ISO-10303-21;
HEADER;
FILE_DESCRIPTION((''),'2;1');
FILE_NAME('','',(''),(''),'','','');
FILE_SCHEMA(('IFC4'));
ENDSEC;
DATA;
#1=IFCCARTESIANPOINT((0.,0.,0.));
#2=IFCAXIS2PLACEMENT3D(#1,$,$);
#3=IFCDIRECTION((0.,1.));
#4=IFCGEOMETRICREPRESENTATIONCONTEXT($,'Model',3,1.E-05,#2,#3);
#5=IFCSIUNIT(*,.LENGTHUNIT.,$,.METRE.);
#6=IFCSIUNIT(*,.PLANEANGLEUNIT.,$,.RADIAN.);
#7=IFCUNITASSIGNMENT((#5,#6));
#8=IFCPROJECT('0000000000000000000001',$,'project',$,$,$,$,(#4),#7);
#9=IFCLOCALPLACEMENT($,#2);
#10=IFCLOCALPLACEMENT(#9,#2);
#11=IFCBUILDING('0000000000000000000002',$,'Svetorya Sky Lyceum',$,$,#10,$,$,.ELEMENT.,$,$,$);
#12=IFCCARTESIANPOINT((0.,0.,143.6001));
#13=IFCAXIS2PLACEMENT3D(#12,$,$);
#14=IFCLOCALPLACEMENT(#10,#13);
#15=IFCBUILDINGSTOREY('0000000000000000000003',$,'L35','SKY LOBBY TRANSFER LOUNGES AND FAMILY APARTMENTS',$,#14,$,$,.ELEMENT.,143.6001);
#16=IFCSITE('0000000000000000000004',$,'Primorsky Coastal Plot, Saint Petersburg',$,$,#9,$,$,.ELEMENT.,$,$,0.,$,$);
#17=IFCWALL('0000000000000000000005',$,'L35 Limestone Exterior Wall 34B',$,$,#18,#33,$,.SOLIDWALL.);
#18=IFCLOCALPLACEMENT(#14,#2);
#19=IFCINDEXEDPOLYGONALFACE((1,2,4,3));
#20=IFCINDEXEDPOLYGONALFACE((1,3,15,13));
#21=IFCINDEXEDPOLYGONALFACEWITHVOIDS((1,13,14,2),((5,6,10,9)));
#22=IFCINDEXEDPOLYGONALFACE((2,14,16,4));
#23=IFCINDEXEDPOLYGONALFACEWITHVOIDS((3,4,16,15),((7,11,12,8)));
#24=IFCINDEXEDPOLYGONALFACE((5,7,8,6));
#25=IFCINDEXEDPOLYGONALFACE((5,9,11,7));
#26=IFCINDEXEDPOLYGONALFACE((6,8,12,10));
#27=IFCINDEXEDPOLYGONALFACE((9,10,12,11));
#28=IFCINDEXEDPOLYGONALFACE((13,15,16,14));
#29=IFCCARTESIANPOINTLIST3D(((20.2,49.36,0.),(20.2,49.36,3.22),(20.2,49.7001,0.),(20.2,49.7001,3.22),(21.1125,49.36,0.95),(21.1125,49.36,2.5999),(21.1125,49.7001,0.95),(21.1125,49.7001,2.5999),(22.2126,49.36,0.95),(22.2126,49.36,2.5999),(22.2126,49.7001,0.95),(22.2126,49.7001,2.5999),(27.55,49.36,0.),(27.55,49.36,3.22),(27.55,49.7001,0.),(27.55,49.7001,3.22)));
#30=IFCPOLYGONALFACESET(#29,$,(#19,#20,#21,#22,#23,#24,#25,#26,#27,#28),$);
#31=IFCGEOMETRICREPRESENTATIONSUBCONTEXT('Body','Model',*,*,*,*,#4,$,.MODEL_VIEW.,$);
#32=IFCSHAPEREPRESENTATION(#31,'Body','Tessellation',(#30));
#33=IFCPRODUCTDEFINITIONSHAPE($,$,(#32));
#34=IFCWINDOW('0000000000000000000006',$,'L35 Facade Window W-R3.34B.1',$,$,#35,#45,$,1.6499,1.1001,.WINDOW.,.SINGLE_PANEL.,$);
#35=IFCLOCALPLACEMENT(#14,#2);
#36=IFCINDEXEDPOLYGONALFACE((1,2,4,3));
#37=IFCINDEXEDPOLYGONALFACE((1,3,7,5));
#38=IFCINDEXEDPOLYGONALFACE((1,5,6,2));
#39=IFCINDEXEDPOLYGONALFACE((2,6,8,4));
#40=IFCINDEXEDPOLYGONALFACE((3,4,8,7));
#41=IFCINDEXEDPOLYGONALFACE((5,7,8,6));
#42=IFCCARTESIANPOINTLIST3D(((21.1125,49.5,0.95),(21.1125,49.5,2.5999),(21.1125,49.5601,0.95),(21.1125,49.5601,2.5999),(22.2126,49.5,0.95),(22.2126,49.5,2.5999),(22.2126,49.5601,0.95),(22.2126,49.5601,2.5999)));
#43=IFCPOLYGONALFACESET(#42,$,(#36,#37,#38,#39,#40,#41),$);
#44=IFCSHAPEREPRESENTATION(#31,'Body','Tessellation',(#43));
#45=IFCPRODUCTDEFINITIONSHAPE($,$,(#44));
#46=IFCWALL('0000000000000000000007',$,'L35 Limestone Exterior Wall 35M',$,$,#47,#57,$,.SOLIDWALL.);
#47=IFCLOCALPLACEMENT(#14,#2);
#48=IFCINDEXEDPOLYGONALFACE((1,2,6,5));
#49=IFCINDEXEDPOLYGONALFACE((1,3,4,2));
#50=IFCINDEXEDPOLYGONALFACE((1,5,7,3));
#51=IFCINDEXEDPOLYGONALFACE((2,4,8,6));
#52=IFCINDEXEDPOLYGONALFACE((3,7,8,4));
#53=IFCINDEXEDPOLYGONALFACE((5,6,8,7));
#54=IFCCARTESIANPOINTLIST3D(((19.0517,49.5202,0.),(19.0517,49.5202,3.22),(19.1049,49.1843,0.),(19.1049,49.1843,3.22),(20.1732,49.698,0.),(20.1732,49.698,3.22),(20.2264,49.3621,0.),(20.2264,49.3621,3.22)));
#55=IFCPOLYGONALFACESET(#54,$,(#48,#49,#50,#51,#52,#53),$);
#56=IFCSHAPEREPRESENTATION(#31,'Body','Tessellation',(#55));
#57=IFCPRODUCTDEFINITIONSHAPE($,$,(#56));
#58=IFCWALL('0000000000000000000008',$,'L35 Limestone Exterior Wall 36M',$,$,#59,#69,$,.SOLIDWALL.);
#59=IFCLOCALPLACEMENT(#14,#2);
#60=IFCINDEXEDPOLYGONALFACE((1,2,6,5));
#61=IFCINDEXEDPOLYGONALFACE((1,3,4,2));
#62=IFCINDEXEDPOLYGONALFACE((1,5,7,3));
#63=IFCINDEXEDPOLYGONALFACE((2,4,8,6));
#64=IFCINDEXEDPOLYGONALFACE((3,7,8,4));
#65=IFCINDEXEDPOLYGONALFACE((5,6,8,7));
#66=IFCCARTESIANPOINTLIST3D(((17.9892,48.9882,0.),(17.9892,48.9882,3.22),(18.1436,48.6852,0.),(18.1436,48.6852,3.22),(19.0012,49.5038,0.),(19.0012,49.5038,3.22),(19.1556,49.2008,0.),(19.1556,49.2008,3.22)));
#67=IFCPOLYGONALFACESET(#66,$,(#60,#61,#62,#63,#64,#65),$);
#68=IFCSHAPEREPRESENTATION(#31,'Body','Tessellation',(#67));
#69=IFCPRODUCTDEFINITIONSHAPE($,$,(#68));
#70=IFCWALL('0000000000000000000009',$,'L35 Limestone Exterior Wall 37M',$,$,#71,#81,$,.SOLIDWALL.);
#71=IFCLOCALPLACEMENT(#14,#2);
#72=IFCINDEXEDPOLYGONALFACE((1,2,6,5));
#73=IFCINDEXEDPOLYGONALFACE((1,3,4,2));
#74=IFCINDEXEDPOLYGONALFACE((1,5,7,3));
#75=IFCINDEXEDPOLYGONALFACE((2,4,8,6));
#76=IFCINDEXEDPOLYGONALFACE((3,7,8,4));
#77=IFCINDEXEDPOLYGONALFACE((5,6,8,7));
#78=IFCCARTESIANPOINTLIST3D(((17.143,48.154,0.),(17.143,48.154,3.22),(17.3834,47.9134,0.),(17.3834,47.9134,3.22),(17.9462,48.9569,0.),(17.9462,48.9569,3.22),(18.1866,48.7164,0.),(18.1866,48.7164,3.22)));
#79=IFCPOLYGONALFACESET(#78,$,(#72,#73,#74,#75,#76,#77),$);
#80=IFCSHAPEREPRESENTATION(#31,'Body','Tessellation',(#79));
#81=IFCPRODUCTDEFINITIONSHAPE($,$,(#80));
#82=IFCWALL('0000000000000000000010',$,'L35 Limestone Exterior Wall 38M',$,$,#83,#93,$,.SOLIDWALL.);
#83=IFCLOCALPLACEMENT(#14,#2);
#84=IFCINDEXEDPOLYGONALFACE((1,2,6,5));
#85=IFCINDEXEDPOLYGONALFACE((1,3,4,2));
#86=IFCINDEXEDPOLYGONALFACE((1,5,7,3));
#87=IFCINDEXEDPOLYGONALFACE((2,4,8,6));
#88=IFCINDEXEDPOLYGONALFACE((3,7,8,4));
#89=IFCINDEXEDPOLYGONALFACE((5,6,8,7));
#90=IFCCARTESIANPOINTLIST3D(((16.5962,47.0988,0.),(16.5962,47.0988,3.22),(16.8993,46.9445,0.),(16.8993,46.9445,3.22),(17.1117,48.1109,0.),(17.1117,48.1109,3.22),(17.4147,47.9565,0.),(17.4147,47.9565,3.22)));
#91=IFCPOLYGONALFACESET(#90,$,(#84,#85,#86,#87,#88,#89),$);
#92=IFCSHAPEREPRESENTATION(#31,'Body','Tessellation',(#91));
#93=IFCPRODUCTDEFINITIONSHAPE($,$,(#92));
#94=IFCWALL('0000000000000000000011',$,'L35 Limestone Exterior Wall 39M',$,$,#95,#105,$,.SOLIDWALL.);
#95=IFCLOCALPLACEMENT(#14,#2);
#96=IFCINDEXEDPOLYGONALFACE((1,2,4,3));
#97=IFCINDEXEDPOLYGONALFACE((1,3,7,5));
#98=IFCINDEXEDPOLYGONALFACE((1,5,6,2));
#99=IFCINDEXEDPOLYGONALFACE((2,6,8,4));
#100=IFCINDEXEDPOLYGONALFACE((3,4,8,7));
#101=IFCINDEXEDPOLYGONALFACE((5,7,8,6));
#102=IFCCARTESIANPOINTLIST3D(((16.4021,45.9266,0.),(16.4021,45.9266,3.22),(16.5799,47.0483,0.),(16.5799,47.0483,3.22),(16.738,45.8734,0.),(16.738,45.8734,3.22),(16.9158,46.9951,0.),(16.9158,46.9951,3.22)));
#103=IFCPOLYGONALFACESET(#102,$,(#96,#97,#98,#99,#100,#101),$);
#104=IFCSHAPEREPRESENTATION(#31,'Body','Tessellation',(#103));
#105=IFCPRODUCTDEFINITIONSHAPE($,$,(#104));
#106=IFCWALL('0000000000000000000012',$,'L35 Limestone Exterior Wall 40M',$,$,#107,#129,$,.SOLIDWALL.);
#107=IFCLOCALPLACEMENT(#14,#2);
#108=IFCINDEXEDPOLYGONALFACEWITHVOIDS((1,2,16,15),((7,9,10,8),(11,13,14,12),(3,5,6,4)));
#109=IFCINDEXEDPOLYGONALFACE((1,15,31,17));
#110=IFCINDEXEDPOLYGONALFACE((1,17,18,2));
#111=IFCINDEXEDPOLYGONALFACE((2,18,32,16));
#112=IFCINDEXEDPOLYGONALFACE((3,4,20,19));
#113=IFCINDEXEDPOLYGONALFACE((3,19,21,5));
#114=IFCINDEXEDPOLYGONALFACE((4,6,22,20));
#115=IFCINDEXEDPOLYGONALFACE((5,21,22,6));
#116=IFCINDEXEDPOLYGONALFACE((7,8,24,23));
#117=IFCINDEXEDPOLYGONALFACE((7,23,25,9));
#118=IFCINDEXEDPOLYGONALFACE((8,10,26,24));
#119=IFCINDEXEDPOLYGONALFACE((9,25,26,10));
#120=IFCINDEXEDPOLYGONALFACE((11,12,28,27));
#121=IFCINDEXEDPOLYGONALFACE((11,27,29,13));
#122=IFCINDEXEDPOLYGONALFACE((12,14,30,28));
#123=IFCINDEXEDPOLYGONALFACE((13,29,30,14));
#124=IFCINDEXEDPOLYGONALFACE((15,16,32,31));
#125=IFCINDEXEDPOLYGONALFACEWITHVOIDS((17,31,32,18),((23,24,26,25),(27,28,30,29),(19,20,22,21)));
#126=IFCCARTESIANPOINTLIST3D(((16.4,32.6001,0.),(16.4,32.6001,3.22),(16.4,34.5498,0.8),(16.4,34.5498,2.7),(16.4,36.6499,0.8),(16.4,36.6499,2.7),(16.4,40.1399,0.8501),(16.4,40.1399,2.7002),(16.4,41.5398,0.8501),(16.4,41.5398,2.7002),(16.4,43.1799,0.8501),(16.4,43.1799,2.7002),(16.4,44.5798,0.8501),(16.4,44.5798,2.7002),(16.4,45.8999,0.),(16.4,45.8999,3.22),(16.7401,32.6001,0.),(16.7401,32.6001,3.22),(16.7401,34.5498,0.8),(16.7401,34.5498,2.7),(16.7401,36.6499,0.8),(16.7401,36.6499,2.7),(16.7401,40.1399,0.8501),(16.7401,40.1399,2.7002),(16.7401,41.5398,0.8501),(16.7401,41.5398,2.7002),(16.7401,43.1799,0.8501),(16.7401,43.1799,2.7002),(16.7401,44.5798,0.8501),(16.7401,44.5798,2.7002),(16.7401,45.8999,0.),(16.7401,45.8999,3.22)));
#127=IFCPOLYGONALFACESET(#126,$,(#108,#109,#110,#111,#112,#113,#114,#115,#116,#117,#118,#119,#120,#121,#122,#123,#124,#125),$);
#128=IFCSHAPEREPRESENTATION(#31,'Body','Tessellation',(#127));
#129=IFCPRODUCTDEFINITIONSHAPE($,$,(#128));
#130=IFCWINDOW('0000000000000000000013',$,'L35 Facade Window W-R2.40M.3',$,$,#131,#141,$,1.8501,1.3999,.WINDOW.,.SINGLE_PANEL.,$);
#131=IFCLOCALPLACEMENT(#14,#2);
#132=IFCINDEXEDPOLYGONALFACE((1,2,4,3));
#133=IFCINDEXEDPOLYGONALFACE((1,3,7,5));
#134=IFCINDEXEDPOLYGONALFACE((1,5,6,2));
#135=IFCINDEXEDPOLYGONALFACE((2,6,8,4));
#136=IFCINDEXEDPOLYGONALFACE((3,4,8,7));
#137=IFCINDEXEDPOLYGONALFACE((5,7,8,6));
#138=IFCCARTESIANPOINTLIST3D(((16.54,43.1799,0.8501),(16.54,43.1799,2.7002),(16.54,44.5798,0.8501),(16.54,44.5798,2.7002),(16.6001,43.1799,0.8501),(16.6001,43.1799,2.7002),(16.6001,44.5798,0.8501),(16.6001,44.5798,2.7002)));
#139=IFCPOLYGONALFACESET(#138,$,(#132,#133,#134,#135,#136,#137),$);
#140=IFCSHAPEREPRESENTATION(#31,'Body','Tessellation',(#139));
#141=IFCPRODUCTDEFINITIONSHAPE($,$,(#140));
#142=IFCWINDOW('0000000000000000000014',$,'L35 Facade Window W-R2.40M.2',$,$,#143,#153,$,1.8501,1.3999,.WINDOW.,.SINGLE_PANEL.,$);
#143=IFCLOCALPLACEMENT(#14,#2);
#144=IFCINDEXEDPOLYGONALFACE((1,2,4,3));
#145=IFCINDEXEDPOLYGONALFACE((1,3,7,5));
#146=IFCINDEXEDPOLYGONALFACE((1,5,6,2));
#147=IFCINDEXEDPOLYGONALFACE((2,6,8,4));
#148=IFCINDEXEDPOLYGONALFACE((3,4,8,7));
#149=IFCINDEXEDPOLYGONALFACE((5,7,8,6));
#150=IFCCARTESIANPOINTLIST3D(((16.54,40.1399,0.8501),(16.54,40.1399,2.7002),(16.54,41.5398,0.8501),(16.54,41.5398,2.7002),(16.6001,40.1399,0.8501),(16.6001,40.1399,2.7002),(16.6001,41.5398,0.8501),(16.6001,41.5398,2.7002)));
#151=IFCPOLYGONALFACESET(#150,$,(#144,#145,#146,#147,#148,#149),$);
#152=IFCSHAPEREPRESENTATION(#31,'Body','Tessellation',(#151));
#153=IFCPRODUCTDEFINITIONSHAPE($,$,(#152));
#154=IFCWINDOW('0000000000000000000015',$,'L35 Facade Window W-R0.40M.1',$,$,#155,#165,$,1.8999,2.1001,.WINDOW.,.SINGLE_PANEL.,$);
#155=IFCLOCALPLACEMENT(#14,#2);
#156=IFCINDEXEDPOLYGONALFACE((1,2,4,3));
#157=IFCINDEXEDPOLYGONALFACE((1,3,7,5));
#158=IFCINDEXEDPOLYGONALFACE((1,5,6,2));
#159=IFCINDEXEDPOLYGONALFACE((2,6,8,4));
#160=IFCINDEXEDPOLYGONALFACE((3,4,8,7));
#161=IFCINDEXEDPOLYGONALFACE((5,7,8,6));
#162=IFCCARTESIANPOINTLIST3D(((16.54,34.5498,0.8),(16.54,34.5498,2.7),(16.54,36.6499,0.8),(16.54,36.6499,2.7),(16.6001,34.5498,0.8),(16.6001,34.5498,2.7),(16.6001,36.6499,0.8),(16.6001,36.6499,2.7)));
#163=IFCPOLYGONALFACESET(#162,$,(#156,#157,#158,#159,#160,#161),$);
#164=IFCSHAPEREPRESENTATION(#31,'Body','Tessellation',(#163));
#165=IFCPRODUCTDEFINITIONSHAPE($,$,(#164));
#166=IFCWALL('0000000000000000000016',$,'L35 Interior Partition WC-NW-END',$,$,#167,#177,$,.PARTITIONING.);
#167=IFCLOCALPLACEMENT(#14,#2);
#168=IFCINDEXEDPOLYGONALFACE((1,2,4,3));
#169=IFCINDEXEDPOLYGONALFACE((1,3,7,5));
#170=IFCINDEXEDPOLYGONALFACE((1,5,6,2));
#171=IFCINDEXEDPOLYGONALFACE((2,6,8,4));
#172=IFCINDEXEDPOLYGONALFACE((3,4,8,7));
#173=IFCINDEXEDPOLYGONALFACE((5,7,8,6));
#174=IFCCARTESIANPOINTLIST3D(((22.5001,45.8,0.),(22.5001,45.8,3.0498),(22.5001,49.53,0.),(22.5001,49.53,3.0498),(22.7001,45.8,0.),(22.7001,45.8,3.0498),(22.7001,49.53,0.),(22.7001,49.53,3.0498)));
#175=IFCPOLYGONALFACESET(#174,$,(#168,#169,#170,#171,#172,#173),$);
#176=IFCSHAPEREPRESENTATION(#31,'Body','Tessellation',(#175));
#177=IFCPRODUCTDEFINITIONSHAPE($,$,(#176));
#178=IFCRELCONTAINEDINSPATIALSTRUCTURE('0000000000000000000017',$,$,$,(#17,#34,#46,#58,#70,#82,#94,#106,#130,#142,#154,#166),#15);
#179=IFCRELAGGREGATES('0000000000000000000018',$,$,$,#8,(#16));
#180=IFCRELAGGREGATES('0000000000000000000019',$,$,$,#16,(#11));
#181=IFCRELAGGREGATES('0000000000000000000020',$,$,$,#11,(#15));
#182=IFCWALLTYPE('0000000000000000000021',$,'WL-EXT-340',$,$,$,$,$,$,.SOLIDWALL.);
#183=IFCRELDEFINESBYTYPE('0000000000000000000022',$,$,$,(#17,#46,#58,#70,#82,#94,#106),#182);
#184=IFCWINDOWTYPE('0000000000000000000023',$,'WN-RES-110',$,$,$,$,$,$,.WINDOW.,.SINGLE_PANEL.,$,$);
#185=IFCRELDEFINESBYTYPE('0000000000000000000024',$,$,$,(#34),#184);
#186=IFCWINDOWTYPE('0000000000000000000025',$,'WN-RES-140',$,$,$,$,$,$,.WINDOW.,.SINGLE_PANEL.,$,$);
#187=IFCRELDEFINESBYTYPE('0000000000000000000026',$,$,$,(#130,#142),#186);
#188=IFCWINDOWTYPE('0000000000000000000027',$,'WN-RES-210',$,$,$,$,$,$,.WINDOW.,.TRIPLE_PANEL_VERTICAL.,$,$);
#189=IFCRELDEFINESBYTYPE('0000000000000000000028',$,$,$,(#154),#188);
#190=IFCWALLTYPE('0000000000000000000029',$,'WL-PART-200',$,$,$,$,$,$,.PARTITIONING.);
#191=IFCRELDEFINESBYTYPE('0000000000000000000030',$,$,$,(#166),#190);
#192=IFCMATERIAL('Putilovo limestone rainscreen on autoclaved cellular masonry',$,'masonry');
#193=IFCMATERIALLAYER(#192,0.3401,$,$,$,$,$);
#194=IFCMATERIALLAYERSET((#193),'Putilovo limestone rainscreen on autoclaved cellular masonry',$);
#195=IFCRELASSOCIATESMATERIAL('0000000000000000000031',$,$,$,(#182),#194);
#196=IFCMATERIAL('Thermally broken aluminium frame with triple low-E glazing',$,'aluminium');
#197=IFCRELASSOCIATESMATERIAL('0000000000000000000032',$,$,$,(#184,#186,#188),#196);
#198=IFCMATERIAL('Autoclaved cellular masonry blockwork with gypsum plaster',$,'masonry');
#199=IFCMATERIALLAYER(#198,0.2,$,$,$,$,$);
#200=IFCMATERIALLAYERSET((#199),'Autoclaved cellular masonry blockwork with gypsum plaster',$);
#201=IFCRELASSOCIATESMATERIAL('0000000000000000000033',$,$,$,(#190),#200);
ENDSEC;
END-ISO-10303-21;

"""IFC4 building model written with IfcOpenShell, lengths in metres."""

from ifc_helpers import new_model, si_unit, direction, frame, frame_2d, origin, place, context, subcontext, project, spatial, rectangle, extrude, material, layer, layer_set, type_object, element, fill, save


model = new_model("IFC4")

# Units and contexts
model_context = context("Model", 3, precision=1e-05, world=origin(), true_north=direction((0.0, 1.0)))
body_context = subcontext(model_context, "Body", "Model", "MODEL_VIEW")
ifc_project = project(units=[si_unit("LENGTHUNIT", "METRE"), si_unit("PLANEANGLEUNIT", "RADIAN")], contexts=[model_context])

# Site, building, storey
site_placement = place(None, origin())
site = spatial("IfcSite", under=ifc_project, at=site_placement, Name="Primorsky Coastal Plot, Saint Petersburg", CompositionType="ELEMENT", RefElevation=0.0)
building_placement = place(site_placement, origin())
building = spatial("IfcBuilding", under=site, at=building_placement, Name="Svetorya Sky Lyceum", CompositionType="ELEMENT")
storey_placement = place(building_placement, frame((0.0, 0.0, 143.6001)))
storey = spatial("IfcBuildingStorey", under=building, at=storey_placement, Name="L35", Description="SKY LOBBY TRANSFER LOUNGES AND FAMILY APARTMENTS", CompositionType="ELEMENT", Elevation=143.6001)

# Wall, opening, window
ifc_material_1 = material(Name="Putilovo limestone rainscreen on autoclaved cellular masonry", Category="masonry")
ifc_layer_1 = layer(ifc_material_1, 0.3401)
ifc_layer_set_1 = layer_set([ifc_layer_1], Name="Putilovo limestone rainscreen on autoclaved cellular masonry")
wall_type_1 = type_object("IfcWallType", Name="WL-EXT-340", PredefinedType="SOLIDWALL", material=ifc_layer_set_1)
wall_1_placement = place(storey_placement, frame((27.55, 49.53, 0.0), z_axis=(0.0, 0.0, 1.0), x_axis=(-1.0, 0.0, 0.0)))
wall_1 = element("IfcWall", 1, at=wall_1_placement, inside=storey, type_object=wall_type_1, Name="L35 Limestone Exterior Wall 34B", PredefinedType="SOLIDWALL", context=body_context, shape_type="SweptSolid", body=[
    extrude(rectangle(XDim=7.3501, YDim=0.3401, at=frame_2d((3.675, 0.0))), origin(), (0.0, 0.0, 1.0), 3.22),
])
opening_1_placement = place(wall_1_placement, frame((5.3374, 0.0, 0.95)))
opening_1 = element("IfcOpeningElement", 2, at=opening_1_placement, cuts=wall_1, PredefinedType="OPENING", context=body_context, shape_type="SweptSolid", body=[
    extrude(rectangle(XDim=1.1001, YDim=1.6499, at=frame_2d((0.55, 0.825))), frame((0.0, 0.1799, 0.0), z_axis=(0.0, -1.0, 0.0), x_axis=(1.0, 0.0, 0.0)), (0.0, 0.0, 1.0), 0.3601),
])
ifc_material_2 = material(Name="Thermally broken aluminium frame with triple low-E glazing", Category="aluminium")
window_type_1 = type_object("IfcWindowType", Name="WN-RES-110", PartitioningType="SINGLE_PANEL", PredefinedType="WINDOW", material=ifc_material_2)
window_1_placement = place(opening_1_placement, origin())
window_1 = element("IfcWindow", 3, at=window_1_placement, inside=storey, type_object=window_type_1, Name="L35 Facade Window W-R3.34B.1", OverallHeight=1.6499, OverallWidth=1.1001, PartitioningType="SINGLE_PANEL", PredefinedType="WINDOW", context=body_context, shape_type="SweptSolid", body=[
    extrude(rectangle(XDim=1.1001, YDim=1.6499, at=frame_2d((0.55, 0.825))), frame((0.0, 0.03, 0.0), z_axis=(0.0, -1.0, 0.0), x_axis=(1.0, 0.0, 0.0)), (0.0, 0.0, 1.0), 0.0601),
])
fill(opening_1, window_1)

# Walls
wall_2_placement = place(storey_placement, frame((20.2, 49.53, 0.0), z_axis=(0.0, 0.0, 1.0), x_axis=(-0.987676, -0.156515, 0.0)))
element("IfcWall", 4, at=wall_2_placement, inside=storey, type_object=wall_type_1, Name="L35 Limestone Exterior Wall 35M", PredefinedType="SOLIDWALL", context=body_context, shape_type="SweptSolid", body=[
    extrude(rectangle(XDim=1.1355, YDim=0.3401, at=frame_2d((0.5679, 0.0))), origin(), (0.0, 0.0, 1.0), 3.22),
])
for number, where, z_axis, x_axis, name in (
    (5, (19.0784, 49.3523, 0.0), (0.0, 0.0, 1.0), (-0.891005, -0.453993, 0.0), "L35 Limestone Exterior Wall 36M"),
    (6, (18.0664, 48.8367, 0.0), (0.0, 0.0, 1.0), (-0.707214, -0.706999, 0.0), "L35 Limestone Exterior Wall 37M"),
    (7, (17.2632, 48.0337, 0.0), (0.0, 0.0, 1.0), (-0.453823, -0.891092, 0.0), "L35 Limestone Exterior Wall 38M"),
    (8, (16.7478, 47.0217, 0.0), (0.0, 0.0, 1.0), (-0.156481, -0.987681, 0.0), "L35 Limestone Exterior Wall 39M"),
):
    element("IfcWall", number, at=place(storey_placement, frame(where, z_axis=z_axis, x_axis=x_axis)), inside=storey, type_object=wall_type_1, Name=name, PredefinedType="SOLIDWALL", context=body_context, shape_type="SweptSolid", body=[
        extrude(rectangle(XDim=1.1357, YDim=0.3401, at=frame_2d((0.5679, 0.0))), origin(), (0.0, 0.0, 1.0), 3.22),
    ])

# Wall, openings, windows
wall_3_placement = place(storey_placement, frame((16.5701, 45.8999, 0.0), z_axis=(0.0, 0.0, 1.0), x_axis=(0.0, -1.0, 0.0)))
wall_3 = element("IfcWall", 9, at=wall_3_placement, inside=storey, type_object=wall_type_1, Name="L35 Limestone Exterior Wall 40M", PredefinedType="SOLIDWALL", context=body_context, shape_type="SweptSolid", body=[
    extrude(rectangle(XDim=13.2998, YDim=0.3401, at=frame_2d((6.6499, 0.0))), origin(), (0.0, 0.0, 1.0), 3.22),
])
opening_2_placement = place(wall_3_placement, frame((1.3201, 0.0, 0.8501)))
opening_2 = element("IfcOpeningElement", 10, at=opening_2_placement, cuts=wall_3, PredefinedType="OPENING", context=body_context, shape_type="SweptSolid", body=[
    extrude(rectangle(XDim=1.3999, YDim=1.8501, at=frame_2d((0.7, 0.925))), frame((0.0, 0.1799, 0.0), z_axis=(0.0, -1.0, 0.0), x_axis=(1.0, 0.0, 0.0)), (0.0, 0.0, 1.0), 0.3601),
])
opening_3_placement = place(wall_3_placement, frame((4.3601, 0.0, 0.8501)))
opening_3 = element("IfcOpeningElement", 11, at=opening_3_placement, cuts=wall_3, PredefinedType="OPENING", context=body_context, shape_type="SweptSolid", body=[
    extrude(rectangle(XDim=1.3999, YDim=1.8501, at=frame_2d((0.7, 0.925))), frame((0.0, 0.1799, 0.0), z_axis=(0.0, -1.0, 0.0), x_axis=(1.0, 0.0, 0.0)), (0.0, 0.0, 1.0), 0.3601),
])
opening_4_placement = place(wall_3_placement, frame((9.25, 0.0, 0.8)))
opening_4 = element("IfcOpeningElement", 12, at=opening_4_placement, cuts=wall_3, PredefinedType="OPENING", context=body_context, shape_type="SweptSolid", body=[
    extrude(rectangle(XDim=2.1001, YDim=1.8999, at=frame_2d((1.05, 0.95))), frame((0.0, 0.1799, 0.0), z_axis=(0.0, -1.0, 0.0), x_axis=(1.0, 0.0, 0.0)), (0.0, 0.0, 1.0), 0.3601),
])
window_type_2 = type_object("IfcWindowType", Name="WN-RES-140", PartitioningType="SINGLE_PANEL", PredefinedType="WINDOW", material=ifc_material_2)
window_2_placement = place(opening_2_placement, origin())
window_2 = element("IfcWindow", 13, at=window_2_placement, inside=storey, type_object=window_type_2, Name="L35 Facade Window W-R2.40M.3", OverallHeight=1.8501, OverallWidth=1.3999, PartitioningType="SINGLE_PANEL", PredefinedType="WINDOW", context=body_context, shape_type="SweptSolid", body=[
    extrude(rectangle(XDim=1.3999, YDim=1.8501, at=frame_2d((0.7, 0.925))), frame((0.0, 0.03, 0.0), z_axis=(0.0, -1.0, 0.0), x_axis=(1.0, 0.0, 0.0)), (0.0, 0.0, 1.0), 0.0601),
])
fill(opening_2, window_2)
window_3_placement = place(opening_3_placement, origin())
window_3 = element("IfcWindow", 14, at=window_3_placement, inside=storey, type_object=window_type_2, Name="L35 Facade Window W-R2.40M.2", OverallHeight=1.8501, OverallWidth=1.3999, PartitioningType="SINGLE_PANEL", PredefinedType="WINDOW", context=body_context, shape_type="SweptSolid", body=[
    extrude(rectangle(XDim=1.3999, YDim=1.8501, at=frame_2d((0.7, 0.925))), frame((0.0, 0.03, 0.0), z_axis=(0.0, -1.0, 0.0), x_axis=(1.0, 0.0, 0.0)), (0.0, 0.0, 1.0), 0.0601),
])
fill(opening_3, window_3)
window_type_3 = type_object("IfcWindowType", Name="WN-RES-210", PartitioningType="TRIPLE_PANEL_VERTICAL", PredefinedType="WINDOW", material=ifc_material_2)
window_4_placement = place(opening_4_placement, origin())
window_4 = element("IfcWindow", 15, at=window_4_placement, inside=storey, type_object=window_type_3, Name="L35 Facade Window W-R0.40M.1", OverallHeight=1.8999, OverallWidth=2.1001, PartitioningType="SINGLE_PANEL", PredefinedType="WINDOW", context=body_context, shape_type="SweptSolid", body=[
    extrude(rectangle(XDim=2.1001, YDim=1.8999, at=frame_2d((1.05, 0.95))), frame((0.0, 0.03, 0.0), z_axis=(0.0, -1.0, 0.0), x_axis=(1.0, 0.0, 0.0)), (0.0, 0.0, 1.0), 0.0601),
])
fill(opening_4, window_4)

# Wall
ifc_material_3 = material(Name="Autoclaved cellular masonry blockwork with gypsum plaster", Category="masonry")
ifc_layer_2 = layer(ifc_material_3, 0.2)
ifc_layer_set_2 = layer_set([ifc_layer_2], Name="Autoclaved cellular masonry blockwork with gypsum plaster")
wall_type_2 = type_object("IfcWallType", Name="WL-PART-200", PredefinedType="PARTITIONING", material=ifc_layer_set_2)
wall_4_placement = place(storey_placement, frame((22.6001, 45.8, 0.0), z_axis=(0.0, 0.0, 1.0), x_axis=(0.0, 1.0, 0.0)))
element("IfcWall", 16, at=wall_4_placement, inside=storey, type_object=wall_type_2, Name="L35 Interior Partition WC-NW-END", PredefinedType="PARTITIONING", context=body_context, shape_type="SweptSolid", body=[
    extrude(rectangle(XDim=3.73, YDim=0.2, at=frame_2d((1.865, 0.0))), origin(), (0.0, 0.0, 1.0), 3.0498),
])

save(model, "model.ifc")
